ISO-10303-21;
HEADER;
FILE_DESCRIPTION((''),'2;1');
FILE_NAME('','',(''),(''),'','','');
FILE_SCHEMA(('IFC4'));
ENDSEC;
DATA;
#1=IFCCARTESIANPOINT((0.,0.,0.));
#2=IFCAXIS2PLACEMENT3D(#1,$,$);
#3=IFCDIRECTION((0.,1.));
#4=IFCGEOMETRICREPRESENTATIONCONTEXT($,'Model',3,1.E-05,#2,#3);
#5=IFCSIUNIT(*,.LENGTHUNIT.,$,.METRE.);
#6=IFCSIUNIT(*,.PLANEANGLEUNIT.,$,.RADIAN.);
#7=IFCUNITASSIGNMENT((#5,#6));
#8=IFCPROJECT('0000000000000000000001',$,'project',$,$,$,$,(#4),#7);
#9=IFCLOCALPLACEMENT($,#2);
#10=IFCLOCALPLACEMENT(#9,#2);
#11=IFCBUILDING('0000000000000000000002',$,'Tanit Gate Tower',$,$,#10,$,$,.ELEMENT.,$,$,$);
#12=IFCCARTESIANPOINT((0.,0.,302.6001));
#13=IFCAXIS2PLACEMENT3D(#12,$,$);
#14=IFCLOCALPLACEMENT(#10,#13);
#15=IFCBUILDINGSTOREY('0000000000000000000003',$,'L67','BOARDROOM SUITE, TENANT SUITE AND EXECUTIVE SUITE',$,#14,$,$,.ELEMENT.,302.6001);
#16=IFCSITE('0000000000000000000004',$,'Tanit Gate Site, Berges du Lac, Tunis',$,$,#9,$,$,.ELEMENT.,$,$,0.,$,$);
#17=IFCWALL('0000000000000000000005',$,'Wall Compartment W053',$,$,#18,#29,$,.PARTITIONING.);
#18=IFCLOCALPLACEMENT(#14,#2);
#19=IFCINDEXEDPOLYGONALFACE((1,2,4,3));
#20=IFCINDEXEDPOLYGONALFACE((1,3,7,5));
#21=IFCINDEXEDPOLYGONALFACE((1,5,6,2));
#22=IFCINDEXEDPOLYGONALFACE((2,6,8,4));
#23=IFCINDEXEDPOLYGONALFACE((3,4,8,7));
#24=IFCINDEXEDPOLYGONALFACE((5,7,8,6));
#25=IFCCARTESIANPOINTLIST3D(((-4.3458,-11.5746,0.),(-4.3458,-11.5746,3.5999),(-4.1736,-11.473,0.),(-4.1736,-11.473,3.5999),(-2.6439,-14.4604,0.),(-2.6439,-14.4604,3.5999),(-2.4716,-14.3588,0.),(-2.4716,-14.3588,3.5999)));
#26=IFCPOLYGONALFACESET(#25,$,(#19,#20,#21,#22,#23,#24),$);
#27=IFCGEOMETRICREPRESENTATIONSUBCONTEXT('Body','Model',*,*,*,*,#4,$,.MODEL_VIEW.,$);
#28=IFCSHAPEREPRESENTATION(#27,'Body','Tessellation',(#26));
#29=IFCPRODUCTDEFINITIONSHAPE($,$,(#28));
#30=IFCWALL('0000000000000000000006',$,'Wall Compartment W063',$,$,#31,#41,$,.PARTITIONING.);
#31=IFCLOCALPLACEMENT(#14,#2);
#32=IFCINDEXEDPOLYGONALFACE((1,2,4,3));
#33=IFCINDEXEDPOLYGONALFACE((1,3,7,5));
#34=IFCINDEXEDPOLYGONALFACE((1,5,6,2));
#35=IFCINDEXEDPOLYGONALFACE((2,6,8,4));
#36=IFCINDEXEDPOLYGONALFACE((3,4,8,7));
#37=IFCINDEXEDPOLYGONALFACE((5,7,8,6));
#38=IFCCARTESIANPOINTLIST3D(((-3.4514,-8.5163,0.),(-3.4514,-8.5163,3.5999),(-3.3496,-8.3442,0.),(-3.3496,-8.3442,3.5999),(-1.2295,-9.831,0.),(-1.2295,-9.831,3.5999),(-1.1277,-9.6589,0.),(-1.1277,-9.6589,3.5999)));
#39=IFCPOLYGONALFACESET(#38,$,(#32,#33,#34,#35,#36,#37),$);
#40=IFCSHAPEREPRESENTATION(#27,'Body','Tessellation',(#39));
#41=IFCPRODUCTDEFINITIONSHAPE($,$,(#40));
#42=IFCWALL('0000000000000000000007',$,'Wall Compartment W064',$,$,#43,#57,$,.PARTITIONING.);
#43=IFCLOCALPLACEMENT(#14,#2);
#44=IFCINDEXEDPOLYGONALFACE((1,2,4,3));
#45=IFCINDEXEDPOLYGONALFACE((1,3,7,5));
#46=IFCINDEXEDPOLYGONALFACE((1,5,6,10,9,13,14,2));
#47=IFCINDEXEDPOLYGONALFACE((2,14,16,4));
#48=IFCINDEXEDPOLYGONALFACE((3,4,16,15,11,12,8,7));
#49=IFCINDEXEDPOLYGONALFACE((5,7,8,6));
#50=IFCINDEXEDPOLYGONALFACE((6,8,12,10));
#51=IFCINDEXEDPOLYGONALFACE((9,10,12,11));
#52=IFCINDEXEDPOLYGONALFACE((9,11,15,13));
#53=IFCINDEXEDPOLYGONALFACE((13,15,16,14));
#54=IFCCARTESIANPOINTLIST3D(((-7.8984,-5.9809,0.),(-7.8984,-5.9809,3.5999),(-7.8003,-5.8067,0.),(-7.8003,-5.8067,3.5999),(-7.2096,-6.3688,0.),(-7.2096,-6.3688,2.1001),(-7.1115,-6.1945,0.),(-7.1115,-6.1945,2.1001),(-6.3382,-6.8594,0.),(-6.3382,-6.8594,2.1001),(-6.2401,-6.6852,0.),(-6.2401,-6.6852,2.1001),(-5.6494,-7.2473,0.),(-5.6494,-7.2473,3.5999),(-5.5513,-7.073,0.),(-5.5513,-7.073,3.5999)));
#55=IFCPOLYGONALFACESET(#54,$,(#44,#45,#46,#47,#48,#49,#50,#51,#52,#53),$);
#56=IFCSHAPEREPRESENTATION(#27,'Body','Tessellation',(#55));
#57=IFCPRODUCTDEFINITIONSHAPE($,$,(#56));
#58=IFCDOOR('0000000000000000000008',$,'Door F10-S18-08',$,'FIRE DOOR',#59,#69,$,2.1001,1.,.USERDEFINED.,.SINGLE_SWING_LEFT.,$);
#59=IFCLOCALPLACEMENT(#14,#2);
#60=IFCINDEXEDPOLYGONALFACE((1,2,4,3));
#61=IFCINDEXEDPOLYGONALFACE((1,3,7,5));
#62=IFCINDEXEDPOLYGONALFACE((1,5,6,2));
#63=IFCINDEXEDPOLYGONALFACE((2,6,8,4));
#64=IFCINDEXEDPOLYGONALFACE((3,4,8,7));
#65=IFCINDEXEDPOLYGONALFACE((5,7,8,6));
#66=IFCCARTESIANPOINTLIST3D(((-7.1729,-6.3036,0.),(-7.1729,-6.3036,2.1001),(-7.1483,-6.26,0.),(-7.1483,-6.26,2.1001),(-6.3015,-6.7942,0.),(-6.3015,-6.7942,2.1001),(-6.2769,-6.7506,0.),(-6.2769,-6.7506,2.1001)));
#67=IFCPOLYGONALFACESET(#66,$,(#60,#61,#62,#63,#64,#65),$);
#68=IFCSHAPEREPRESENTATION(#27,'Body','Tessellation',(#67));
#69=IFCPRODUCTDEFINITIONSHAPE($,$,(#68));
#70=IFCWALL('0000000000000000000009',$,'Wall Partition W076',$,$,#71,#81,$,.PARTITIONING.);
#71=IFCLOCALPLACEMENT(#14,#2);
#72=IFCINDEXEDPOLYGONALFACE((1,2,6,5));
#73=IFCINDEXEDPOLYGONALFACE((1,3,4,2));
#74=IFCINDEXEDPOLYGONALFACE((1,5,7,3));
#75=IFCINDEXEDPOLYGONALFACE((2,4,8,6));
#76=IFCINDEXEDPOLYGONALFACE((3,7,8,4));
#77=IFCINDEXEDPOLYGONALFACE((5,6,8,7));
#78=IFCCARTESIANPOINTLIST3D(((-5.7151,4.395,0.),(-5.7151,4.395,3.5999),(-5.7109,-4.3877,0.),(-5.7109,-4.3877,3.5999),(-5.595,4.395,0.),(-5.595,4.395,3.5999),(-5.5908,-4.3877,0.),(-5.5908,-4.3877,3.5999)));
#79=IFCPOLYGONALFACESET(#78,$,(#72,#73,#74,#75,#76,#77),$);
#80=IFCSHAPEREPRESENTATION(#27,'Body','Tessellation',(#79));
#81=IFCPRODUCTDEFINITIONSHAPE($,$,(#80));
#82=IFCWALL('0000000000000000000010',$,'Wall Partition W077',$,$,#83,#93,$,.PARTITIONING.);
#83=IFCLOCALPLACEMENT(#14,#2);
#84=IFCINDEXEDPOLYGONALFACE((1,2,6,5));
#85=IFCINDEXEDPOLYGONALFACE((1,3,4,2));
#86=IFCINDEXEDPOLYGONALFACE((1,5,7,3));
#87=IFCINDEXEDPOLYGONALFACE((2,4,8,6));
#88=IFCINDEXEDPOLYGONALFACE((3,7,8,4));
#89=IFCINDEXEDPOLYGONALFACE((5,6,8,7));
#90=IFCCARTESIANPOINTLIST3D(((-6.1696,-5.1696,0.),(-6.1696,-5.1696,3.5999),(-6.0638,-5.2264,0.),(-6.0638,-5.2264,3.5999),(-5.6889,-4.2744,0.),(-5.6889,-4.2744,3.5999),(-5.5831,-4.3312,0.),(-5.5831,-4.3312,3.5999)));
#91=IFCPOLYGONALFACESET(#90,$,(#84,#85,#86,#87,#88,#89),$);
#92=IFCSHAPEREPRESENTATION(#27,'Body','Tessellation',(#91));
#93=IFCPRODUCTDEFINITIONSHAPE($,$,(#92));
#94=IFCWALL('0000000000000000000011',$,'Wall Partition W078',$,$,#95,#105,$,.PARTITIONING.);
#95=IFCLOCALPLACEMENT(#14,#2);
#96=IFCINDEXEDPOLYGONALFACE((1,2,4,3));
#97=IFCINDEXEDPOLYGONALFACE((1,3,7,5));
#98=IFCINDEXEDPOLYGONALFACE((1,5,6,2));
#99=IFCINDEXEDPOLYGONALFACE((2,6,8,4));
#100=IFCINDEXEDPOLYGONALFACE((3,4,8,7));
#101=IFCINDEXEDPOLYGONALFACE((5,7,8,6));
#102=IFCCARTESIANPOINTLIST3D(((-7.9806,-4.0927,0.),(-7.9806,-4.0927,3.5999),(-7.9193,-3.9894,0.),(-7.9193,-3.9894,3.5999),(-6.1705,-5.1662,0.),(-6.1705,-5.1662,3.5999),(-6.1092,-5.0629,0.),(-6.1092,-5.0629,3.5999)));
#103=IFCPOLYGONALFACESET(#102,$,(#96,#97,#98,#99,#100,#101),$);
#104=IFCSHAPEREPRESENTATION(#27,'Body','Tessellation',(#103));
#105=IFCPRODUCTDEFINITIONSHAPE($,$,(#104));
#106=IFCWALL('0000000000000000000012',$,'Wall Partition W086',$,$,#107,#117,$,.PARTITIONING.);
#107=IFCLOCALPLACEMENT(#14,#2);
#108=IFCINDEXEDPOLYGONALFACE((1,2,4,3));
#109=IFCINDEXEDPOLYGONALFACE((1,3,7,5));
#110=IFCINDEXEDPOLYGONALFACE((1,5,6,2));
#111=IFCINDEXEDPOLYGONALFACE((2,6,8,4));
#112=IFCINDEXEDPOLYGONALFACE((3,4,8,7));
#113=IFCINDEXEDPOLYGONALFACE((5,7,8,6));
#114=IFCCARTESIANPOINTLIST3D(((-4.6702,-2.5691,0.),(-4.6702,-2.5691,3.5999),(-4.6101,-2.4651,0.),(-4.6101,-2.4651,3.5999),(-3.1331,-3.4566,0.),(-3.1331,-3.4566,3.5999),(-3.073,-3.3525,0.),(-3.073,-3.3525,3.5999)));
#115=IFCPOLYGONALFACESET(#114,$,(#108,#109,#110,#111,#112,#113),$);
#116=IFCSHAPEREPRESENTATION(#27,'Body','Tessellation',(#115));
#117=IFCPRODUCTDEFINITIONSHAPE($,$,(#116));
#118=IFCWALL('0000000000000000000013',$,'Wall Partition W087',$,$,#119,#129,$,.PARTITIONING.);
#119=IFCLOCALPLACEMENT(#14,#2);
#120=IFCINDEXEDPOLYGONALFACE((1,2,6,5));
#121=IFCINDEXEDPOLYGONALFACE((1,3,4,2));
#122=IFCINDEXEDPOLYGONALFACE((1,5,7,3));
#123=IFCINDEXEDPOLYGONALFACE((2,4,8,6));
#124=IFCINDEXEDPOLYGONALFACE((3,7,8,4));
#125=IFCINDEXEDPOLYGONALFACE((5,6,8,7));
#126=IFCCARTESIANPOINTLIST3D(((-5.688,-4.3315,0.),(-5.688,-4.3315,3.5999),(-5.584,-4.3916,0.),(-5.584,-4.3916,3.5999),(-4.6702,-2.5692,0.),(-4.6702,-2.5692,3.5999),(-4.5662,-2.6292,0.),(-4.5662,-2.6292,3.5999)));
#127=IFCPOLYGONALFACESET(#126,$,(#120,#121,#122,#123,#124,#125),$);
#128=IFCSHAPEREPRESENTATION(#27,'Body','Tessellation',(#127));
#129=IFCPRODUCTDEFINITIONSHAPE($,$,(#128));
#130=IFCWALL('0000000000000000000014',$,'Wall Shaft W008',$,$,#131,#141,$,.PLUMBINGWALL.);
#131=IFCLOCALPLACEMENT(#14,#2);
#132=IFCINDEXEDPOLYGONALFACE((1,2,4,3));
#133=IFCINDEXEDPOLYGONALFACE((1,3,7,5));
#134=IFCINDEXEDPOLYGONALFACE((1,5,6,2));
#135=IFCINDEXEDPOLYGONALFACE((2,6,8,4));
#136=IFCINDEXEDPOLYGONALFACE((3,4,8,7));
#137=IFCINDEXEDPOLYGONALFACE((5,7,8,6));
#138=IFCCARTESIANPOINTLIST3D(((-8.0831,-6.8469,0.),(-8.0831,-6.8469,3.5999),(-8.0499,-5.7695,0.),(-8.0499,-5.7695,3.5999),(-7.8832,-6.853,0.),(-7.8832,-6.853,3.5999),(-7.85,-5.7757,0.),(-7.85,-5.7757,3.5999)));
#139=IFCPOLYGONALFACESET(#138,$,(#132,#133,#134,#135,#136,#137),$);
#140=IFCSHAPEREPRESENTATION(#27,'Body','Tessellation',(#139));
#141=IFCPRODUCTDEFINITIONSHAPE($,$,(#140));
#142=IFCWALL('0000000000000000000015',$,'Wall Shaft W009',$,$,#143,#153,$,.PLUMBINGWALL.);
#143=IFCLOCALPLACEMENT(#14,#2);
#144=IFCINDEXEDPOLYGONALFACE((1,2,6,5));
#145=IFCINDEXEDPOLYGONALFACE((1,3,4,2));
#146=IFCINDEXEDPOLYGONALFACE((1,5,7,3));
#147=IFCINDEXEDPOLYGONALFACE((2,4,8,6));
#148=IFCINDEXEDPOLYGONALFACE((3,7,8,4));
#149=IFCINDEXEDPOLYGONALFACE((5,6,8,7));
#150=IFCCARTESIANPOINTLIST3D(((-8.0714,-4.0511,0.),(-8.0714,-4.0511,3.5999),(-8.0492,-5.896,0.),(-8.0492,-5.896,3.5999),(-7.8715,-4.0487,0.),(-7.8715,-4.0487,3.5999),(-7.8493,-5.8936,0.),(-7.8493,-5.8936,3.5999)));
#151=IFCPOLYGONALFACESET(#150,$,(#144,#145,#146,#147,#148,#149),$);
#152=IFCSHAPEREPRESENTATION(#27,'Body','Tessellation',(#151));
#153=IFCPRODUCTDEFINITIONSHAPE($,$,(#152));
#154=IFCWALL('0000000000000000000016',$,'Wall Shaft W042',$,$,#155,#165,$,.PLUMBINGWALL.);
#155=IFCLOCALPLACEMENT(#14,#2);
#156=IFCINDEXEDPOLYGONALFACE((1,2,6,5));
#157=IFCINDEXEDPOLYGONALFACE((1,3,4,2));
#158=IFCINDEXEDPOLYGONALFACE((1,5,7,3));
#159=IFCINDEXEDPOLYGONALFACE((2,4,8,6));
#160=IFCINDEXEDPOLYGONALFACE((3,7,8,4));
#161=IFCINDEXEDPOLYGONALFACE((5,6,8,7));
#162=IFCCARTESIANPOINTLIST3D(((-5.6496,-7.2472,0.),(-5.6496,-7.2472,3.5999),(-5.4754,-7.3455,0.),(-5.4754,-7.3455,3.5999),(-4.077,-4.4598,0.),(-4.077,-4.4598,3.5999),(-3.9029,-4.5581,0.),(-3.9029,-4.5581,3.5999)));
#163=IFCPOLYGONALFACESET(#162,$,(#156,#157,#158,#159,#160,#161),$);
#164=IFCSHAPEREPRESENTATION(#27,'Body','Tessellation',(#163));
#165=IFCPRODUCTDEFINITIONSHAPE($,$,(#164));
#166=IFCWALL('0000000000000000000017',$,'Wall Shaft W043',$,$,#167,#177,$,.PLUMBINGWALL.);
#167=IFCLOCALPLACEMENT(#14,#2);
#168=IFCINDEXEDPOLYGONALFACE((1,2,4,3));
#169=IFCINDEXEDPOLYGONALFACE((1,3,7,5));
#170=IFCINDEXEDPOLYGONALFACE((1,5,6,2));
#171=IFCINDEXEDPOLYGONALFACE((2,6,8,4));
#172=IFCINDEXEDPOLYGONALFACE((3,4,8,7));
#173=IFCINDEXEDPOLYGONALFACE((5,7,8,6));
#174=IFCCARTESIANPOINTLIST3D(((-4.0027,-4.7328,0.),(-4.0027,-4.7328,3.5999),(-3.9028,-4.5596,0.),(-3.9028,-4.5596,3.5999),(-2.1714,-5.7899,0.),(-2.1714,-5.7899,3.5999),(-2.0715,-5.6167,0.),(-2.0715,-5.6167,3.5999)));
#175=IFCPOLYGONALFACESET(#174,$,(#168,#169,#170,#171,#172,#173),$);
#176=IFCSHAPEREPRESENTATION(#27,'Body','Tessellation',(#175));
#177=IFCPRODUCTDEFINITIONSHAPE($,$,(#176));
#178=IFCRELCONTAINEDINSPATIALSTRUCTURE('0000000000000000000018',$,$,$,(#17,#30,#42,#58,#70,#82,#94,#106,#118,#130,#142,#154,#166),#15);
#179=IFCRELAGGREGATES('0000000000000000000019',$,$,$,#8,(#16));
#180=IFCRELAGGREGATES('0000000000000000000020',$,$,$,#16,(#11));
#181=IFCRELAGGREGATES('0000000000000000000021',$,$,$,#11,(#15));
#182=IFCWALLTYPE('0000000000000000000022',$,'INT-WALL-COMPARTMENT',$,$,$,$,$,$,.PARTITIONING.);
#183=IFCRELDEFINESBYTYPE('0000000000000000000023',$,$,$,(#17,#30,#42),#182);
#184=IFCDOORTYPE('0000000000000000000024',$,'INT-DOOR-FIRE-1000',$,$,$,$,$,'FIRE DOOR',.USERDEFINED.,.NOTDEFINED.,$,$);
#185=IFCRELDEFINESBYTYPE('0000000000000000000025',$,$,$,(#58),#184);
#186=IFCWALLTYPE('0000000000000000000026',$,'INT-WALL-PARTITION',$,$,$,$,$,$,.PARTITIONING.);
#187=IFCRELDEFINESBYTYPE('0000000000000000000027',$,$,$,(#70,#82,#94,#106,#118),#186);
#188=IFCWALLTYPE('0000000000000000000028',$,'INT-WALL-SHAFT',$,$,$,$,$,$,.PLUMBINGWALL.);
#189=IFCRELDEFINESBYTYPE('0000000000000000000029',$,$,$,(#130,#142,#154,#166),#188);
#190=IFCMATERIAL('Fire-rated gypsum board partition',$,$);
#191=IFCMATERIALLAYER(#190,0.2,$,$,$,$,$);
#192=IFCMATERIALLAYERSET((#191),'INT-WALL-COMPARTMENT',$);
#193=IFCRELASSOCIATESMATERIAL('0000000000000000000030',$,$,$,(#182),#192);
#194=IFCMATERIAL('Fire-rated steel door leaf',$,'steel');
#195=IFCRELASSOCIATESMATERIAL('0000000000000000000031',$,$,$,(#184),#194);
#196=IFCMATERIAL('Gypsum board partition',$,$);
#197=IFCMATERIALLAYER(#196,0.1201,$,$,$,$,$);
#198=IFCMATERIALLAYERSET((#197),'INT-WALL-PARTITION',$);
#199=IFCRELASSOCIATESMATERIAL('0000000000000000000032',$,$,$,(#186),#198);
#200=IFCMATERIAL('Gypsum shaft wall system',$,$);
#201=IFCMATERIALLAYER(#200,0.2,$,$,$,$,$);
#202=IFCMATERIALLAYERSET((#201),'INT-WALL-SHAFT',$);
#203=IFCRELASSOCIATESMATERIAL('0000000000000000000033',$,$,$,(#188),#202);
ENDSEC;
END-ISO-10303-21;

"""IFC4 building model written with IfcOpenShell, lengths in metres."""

from ifc_helpers import new_model, si_unit, direction, frame, frame_2d, origin, place, context, subcontext, project, spatial, rectangle, extrude, material, layer, layer_set, type_object, element, fill, save


model = new_model("IFC4")

# Units and contexts
model_context = context("Model", 3, precision=1e-05, world=origin(), true_north=direction((0.0, 1.0)))
body_context = subcontext(model_context, "Body", "Model", "MODEL_VIEW")
ifc_project = project(units=[si_unit("LENGTHUNIT", "METRE"), si_unit("PLANEANGLEUNIT", "RADIAN")], contexts=[model_context])

# Site, building, storey
site_placement = place(None, origin())
site = spatial("IfcSite", under=ifc_project, at=site_placement, Name="Tanit Gate Site, Berges du Lac, Tunis", CompositionType="ELEMENT", RefElevation=0.0)
building_placement = place(site_placement, origin())
building = spatial("IfcBuilding", under=site, at=building_placement, Name="Tanit Gate Tower", CompositionType="ELEMENT")
storey_placement = place(building_placement, frame((0.0, 0.0, 302.6001)))
storey = spatial("IfcBuildingStorey", under=building, at=storey_placement, Name="L67", Description="BOARDROOM SUITE, TENANT SUITE AND EXECUTIVE SUITE", CompositionType="ELEMENT", Elevation=302.6001)

# Walls
ifc_material_1 = material(Name="Fire-rated gypsum board partition")
ifc_layer_1 = layer(ifc_material_1, 0.2)
ifc_layer_set_1 = layer_set([ifc_layer_1], Name="INT-WALL-COMPARTMENT")
wall_type_1 = type_object("IfcWallType", Name="INT-WALL-COMPARTMENT", PredefinedType="PARTITIONING", material=ifc_layer_set_1)
wall_1_placement = place(storey_placement, frame((-4.2598, -11.5237, 0.0), z_axis=(0.0, 0.0, 1.0), x_axis=(0.507997, -0.861359, 0.0)))
element("IfcWall", 1, at=wall_1_placement, inside=storey, type_object=wall_type_1, Name="Wall Compartment W053", PredefinedType="PARTITIONING", context=body_context, shape_type="SweptSolid", body=[
    extrude(rectangle(XDim=3.3503, YDim=0.2, at=frame_2d((1.6753, 0.0))), origin(), (0.0, 0.0, 1.0), 3.5999),
])
wall_2_placement = place(storey_placement, frame((-3.4006, -8.4302, 0.0), z_axis=(0.0, 0.0, 1.0), x_axis=(0.860631, -0.509229, 0.0)))
element("IfcWall", 2, at=wall_2_placement, inside=storey, type_object=wall_type_1, Name="Wall Compartment W063", PredefinedType="PARTITIONING", context=body_context, shape_type="SweptSolid", body=[
    extrude(rectangle(XDim=2.5818, YDim=0.2, at=frame_2d((1.291, 0.0))), origin(), (0.0, 0.0, 1.0), 3.5999),
])

# Wall, opening, door
wall_3_placement = place(storey_placement, frame((-7.8494, -5.8938, 0.0), z_axis=(0.0, 0.0, 1.0), x_axis=(0.871363, -0.490638, 0.0)))
wall_3 = element("IfcWall", 3, at=wall_3_placement, inside=storey, type_object=wall_type_1, Name="Wall Compartment W064", PredefinedType="PARTITIONING", context=body_context, shape_type="SweptSolid", body=[
    extrude(rectangle(XDim=2.5811, YDim=0.2, at=frame_2d((1.2905, 0.0))), origin(), (0.0, 0.0, 1.0), 3.5999),
])
opening_1_placement = place(wall_3_placement, frame((0.7905, 0.0, 0.0)))
opening_1 = element("IfcOpeningElement", 4, at=opening_1_placement, cuts=wall_3, PredefinedType="OPENING", context=body_context, shape_type="SweptSolid", body=[
    extrude(rectangle(XDim=1.0, YDim=2.1001, at=frame_2d((0.5, 1.05))), frame((0.0, 0.1099, 0.0), z_axis=(0.0, -1.0, 0.0), x_axis=(1.0, 0.0, 0.0)), (0.0, 0.0, 1.0), 0.22),
])
ifc_material_2 = material(Name="Fire-rated steel door leaf", Category="steel")
door_type_1 = type_object("IfcDoorType", Name="INT-DOOR-FIRE-1000", ElementType="FIRE DOOR", OperationType="NOTDEFINED", PredefinedType="USERDEFINED", material=ifc_material_2)
door_1_placement = place(opening_1_placement, origin())
door_1 = element("IfcDoor", 5, at=door_1_placement, inside=storey, type_object=door_type_1, Name="Door F10-S18-08", ObjectType="FIRE DOOR", OperationType="SINGLE_SWING_LEFT", OverallHeight=2.1001, OverallWidth=1.0, PredefinedType="USERDEFINED", context=body_context, shape_type="SweptSolid", body=[
    extrude(rectangle(XDim=1.0, YDim=2.1001, at=frame_2d((0.5, 1.05))), frame((0.0, 0.0249, 0.0), z_axis=(0.0, -1.0, 0.0), x_axis=(1.0, 0.0, 0.0)), (0.0, 0.0, 1.0), 0.05),
])
fill(opening_1, door_1)

# Walls
ifc_material_3 = material(Name="Gypsum board partition")
ifc_layer_2 = layer(ifc_material_3, 0.1201)
ifc_layer_set_2 = layer_set([ifc_layer_2], Name="INT-WALL-PARTITION")
wall_type_2 = type_object("IfcWallType", Name="INT-WALL-PARTITION", PredefinedType="PARTITIONING", material=ifc_layer_set_2)
wall_4_placement = place(storey_placement, frame((-5.6509, -4.3877, 0.0), z_axis=(0.0, 0.0, 1.0), x_axis=(-0.000473, 1.0, 0.0)))
element("IfcWall", 6, at=wall_4_placement, inside=storey, type_object=wall_type_2, Name="Wall Partition W076", PredefinedType="PARTITIONING", context=body_context, shape_type="SweptSolid", body=[
    extrude(rectangle(XDim=8.7827, YDim=0.1201, at=frame_2d((4.3914, 0.0))), origin(), (0.0, 0.0, 1.0), 3.5999),
])
wall_5_placement = place(storey_placement, frame((-6.1167, -5.198, 0.0), z_axis=(0.0, 0.0, 1.0), x_axis=(0.473068, 0.881026, 0.0)))
element("IfcWall", 7, at=wall_5_placement, inside=storey, type_object=wall_type_2, Name="Wall Partition W077", PredefinedType="PARTITIONING", context=body_context, shape_type="SweptSolid", body=[
    extrude(rectangle(XDim=1.0161, YDim=0.1201, at=frame_2d((0.5081, 0.0))), origin(), (0.0, 0.0, 1.0), 3.5999),
])
wall_6_placement = place(storey_placement, frame((-7.95, -4.041, 0.0), z_axis=(0.0, 0.0, 1.0), x_axis=(0.860112, -0.510104, 0.0)))
element("IfcWall", 8, at=wall_6_placement, inside=storey, type_object=wall_type_2, Name="Wall Partition W078", PredefinedType="PARTITIONING", context=body_context, shape_type="SweptSolid", body=[
    extrude(rectangle(XDim=2.1045, YDim=0.1201, at=frame_2d((1.0522, 0.0))), origin(), (0.0, 0.0, 1.0), 3.5999),
])
wall_7_placement = place(storey_placement, frame((-4.6401, -2.5171, 0.0), z_axis=(0.0, 0.0, 1.0), x_axis=(0.866025, -0.5, 0.0)))
element("IfcWall", 9, at=wall_7_placement, inside=storey, type_object=wall_type_2, Name="Wall Partition W086", PredefinedType="PARTITIONING", context=body_context, shape_type="SweptSolid", body=[
    extrude(rectangle(XDim=1.7749, YDim=0.1201, at=frame_2d((0.8875, 0.0))), origin(), (0.0, 0.0, 1.0), 3.5999),
])
wall_8_placement = place(storey_placement, frame((-5.636, -4.3616, 0.0), z_axis=(0.0, 0.0, 1.0), x_axis=(0.5001, 0.865968, 0.0)))
element("IfcWall", 10, at=wall_8_placement, inside=storey, type_object=wall_type_2, Name="Wall Partition W087", PredefinedType="PARTITIONING", context=body_context, shape_type="SweptSolid", body=[
    extrude(rectangle(XDim=2.0352, YDim=0.1201, at=frame_2d((1.0176, 0.0))), origin(), (0.0, 0.0, 1.0), 3.5999),
])
ifc_material_4 = material(Name="Gypsum shaft wall system")
ifc_layer_3 = layer(ifc_material_4, 0.2)
ifc_layer_set_3 = layer_set([ifc_layer_3], Name="INT-WALL-SHAFT")
wall_type_3 = type_object("IfcWallType", Name="INT-WALL-SHAFT", PredefinedType="PLUMBINGWALL", material=ifc_layer_set_3)
wall_9_placement = place(storey_placement, frame((-7.95, -5.7725, 0.0), z_axis=(0.0, 0.0, 1.0), x_axis=(-0.030803, -0.999525, 0.0)))
element("IfcWall", 11, at=wall_9_placement, inside=storey, type_object=wall_type_3, Name="Wall Shaft W008", PredefinedType="PLUMBINGWALL", context=body_context, shape_type="SweptSolid", body=[
    extrude(rectangle(XDim=1.0779, YDim=0.2, at=frame_2d((0.5391, 0.0))), origin(), (0.0, 0.0, 1.0), 3.5999),
])
wall_10_placement = place(storey_placement, frame((-7.9714, -4.05, 0.0), z_axis=(0.0, 0.0, 1.0), x_axis=(0.012043, -0.999927, 0.0)))
element("IfcWall", 12, at=wall_10_placement, inside=storey, type_object=wall_type_3, Name="Wall Shaft W009", PredefinedType="PLUMBINGWALL", context=body_context, shape_type="SweptSolid", body=[
    extrude(rectangle(XDim=1.845, YDim=0.2, at=frame_2d((0.9224, 0.0))), origin(), (0.0, 0.0, 1.0), 3.5999),
])

# Walls
wall_11_placement = place(storey_placement, frame((-3.99, -4.509, 0.0), z_axis=(0.0, 0.0, 1.0), x_axis=(-0.491358, -0.870958, 0.0)))
element("IfcWall", 13, at=wall_11_placement, inside=storey, type_object=wall_type_3, Name="Wall Shaft W042", PredefinedType="PLUMBINGWALL", context=body_context, shape_type="SweptSolid", body=[
    extrude(rectangle(XDim=3.2004, YDim=0.2, at=frame_2d((1.6001, 0.0))), origin(), (0.0, 0.0, 1.0), 3.5999),
])
wall_12_placement = place(storey_placement, frame((-3.9526, -4.6462, 0.0), z_axis=(0.0, 0.0, 1.0), x_axis=(0.866061, -0.499939, 0.0)))
element("IfcWall", 14, at=wall_12_placement, inside=storey, type_object=wall_type_3, Name="Wall Shaft W043", PredefinedType="PLUMBINGWALL", context=body_context, shape_type="SweptSolid", body=[
    extrude(rectangle(XDim=2.1145, YDim=0.2, at=frame_2d((1.0571, 0.0))), origin(), (0.0, 0.0, 1.0), 3.5999),
])

save(model, "model.ifc")
